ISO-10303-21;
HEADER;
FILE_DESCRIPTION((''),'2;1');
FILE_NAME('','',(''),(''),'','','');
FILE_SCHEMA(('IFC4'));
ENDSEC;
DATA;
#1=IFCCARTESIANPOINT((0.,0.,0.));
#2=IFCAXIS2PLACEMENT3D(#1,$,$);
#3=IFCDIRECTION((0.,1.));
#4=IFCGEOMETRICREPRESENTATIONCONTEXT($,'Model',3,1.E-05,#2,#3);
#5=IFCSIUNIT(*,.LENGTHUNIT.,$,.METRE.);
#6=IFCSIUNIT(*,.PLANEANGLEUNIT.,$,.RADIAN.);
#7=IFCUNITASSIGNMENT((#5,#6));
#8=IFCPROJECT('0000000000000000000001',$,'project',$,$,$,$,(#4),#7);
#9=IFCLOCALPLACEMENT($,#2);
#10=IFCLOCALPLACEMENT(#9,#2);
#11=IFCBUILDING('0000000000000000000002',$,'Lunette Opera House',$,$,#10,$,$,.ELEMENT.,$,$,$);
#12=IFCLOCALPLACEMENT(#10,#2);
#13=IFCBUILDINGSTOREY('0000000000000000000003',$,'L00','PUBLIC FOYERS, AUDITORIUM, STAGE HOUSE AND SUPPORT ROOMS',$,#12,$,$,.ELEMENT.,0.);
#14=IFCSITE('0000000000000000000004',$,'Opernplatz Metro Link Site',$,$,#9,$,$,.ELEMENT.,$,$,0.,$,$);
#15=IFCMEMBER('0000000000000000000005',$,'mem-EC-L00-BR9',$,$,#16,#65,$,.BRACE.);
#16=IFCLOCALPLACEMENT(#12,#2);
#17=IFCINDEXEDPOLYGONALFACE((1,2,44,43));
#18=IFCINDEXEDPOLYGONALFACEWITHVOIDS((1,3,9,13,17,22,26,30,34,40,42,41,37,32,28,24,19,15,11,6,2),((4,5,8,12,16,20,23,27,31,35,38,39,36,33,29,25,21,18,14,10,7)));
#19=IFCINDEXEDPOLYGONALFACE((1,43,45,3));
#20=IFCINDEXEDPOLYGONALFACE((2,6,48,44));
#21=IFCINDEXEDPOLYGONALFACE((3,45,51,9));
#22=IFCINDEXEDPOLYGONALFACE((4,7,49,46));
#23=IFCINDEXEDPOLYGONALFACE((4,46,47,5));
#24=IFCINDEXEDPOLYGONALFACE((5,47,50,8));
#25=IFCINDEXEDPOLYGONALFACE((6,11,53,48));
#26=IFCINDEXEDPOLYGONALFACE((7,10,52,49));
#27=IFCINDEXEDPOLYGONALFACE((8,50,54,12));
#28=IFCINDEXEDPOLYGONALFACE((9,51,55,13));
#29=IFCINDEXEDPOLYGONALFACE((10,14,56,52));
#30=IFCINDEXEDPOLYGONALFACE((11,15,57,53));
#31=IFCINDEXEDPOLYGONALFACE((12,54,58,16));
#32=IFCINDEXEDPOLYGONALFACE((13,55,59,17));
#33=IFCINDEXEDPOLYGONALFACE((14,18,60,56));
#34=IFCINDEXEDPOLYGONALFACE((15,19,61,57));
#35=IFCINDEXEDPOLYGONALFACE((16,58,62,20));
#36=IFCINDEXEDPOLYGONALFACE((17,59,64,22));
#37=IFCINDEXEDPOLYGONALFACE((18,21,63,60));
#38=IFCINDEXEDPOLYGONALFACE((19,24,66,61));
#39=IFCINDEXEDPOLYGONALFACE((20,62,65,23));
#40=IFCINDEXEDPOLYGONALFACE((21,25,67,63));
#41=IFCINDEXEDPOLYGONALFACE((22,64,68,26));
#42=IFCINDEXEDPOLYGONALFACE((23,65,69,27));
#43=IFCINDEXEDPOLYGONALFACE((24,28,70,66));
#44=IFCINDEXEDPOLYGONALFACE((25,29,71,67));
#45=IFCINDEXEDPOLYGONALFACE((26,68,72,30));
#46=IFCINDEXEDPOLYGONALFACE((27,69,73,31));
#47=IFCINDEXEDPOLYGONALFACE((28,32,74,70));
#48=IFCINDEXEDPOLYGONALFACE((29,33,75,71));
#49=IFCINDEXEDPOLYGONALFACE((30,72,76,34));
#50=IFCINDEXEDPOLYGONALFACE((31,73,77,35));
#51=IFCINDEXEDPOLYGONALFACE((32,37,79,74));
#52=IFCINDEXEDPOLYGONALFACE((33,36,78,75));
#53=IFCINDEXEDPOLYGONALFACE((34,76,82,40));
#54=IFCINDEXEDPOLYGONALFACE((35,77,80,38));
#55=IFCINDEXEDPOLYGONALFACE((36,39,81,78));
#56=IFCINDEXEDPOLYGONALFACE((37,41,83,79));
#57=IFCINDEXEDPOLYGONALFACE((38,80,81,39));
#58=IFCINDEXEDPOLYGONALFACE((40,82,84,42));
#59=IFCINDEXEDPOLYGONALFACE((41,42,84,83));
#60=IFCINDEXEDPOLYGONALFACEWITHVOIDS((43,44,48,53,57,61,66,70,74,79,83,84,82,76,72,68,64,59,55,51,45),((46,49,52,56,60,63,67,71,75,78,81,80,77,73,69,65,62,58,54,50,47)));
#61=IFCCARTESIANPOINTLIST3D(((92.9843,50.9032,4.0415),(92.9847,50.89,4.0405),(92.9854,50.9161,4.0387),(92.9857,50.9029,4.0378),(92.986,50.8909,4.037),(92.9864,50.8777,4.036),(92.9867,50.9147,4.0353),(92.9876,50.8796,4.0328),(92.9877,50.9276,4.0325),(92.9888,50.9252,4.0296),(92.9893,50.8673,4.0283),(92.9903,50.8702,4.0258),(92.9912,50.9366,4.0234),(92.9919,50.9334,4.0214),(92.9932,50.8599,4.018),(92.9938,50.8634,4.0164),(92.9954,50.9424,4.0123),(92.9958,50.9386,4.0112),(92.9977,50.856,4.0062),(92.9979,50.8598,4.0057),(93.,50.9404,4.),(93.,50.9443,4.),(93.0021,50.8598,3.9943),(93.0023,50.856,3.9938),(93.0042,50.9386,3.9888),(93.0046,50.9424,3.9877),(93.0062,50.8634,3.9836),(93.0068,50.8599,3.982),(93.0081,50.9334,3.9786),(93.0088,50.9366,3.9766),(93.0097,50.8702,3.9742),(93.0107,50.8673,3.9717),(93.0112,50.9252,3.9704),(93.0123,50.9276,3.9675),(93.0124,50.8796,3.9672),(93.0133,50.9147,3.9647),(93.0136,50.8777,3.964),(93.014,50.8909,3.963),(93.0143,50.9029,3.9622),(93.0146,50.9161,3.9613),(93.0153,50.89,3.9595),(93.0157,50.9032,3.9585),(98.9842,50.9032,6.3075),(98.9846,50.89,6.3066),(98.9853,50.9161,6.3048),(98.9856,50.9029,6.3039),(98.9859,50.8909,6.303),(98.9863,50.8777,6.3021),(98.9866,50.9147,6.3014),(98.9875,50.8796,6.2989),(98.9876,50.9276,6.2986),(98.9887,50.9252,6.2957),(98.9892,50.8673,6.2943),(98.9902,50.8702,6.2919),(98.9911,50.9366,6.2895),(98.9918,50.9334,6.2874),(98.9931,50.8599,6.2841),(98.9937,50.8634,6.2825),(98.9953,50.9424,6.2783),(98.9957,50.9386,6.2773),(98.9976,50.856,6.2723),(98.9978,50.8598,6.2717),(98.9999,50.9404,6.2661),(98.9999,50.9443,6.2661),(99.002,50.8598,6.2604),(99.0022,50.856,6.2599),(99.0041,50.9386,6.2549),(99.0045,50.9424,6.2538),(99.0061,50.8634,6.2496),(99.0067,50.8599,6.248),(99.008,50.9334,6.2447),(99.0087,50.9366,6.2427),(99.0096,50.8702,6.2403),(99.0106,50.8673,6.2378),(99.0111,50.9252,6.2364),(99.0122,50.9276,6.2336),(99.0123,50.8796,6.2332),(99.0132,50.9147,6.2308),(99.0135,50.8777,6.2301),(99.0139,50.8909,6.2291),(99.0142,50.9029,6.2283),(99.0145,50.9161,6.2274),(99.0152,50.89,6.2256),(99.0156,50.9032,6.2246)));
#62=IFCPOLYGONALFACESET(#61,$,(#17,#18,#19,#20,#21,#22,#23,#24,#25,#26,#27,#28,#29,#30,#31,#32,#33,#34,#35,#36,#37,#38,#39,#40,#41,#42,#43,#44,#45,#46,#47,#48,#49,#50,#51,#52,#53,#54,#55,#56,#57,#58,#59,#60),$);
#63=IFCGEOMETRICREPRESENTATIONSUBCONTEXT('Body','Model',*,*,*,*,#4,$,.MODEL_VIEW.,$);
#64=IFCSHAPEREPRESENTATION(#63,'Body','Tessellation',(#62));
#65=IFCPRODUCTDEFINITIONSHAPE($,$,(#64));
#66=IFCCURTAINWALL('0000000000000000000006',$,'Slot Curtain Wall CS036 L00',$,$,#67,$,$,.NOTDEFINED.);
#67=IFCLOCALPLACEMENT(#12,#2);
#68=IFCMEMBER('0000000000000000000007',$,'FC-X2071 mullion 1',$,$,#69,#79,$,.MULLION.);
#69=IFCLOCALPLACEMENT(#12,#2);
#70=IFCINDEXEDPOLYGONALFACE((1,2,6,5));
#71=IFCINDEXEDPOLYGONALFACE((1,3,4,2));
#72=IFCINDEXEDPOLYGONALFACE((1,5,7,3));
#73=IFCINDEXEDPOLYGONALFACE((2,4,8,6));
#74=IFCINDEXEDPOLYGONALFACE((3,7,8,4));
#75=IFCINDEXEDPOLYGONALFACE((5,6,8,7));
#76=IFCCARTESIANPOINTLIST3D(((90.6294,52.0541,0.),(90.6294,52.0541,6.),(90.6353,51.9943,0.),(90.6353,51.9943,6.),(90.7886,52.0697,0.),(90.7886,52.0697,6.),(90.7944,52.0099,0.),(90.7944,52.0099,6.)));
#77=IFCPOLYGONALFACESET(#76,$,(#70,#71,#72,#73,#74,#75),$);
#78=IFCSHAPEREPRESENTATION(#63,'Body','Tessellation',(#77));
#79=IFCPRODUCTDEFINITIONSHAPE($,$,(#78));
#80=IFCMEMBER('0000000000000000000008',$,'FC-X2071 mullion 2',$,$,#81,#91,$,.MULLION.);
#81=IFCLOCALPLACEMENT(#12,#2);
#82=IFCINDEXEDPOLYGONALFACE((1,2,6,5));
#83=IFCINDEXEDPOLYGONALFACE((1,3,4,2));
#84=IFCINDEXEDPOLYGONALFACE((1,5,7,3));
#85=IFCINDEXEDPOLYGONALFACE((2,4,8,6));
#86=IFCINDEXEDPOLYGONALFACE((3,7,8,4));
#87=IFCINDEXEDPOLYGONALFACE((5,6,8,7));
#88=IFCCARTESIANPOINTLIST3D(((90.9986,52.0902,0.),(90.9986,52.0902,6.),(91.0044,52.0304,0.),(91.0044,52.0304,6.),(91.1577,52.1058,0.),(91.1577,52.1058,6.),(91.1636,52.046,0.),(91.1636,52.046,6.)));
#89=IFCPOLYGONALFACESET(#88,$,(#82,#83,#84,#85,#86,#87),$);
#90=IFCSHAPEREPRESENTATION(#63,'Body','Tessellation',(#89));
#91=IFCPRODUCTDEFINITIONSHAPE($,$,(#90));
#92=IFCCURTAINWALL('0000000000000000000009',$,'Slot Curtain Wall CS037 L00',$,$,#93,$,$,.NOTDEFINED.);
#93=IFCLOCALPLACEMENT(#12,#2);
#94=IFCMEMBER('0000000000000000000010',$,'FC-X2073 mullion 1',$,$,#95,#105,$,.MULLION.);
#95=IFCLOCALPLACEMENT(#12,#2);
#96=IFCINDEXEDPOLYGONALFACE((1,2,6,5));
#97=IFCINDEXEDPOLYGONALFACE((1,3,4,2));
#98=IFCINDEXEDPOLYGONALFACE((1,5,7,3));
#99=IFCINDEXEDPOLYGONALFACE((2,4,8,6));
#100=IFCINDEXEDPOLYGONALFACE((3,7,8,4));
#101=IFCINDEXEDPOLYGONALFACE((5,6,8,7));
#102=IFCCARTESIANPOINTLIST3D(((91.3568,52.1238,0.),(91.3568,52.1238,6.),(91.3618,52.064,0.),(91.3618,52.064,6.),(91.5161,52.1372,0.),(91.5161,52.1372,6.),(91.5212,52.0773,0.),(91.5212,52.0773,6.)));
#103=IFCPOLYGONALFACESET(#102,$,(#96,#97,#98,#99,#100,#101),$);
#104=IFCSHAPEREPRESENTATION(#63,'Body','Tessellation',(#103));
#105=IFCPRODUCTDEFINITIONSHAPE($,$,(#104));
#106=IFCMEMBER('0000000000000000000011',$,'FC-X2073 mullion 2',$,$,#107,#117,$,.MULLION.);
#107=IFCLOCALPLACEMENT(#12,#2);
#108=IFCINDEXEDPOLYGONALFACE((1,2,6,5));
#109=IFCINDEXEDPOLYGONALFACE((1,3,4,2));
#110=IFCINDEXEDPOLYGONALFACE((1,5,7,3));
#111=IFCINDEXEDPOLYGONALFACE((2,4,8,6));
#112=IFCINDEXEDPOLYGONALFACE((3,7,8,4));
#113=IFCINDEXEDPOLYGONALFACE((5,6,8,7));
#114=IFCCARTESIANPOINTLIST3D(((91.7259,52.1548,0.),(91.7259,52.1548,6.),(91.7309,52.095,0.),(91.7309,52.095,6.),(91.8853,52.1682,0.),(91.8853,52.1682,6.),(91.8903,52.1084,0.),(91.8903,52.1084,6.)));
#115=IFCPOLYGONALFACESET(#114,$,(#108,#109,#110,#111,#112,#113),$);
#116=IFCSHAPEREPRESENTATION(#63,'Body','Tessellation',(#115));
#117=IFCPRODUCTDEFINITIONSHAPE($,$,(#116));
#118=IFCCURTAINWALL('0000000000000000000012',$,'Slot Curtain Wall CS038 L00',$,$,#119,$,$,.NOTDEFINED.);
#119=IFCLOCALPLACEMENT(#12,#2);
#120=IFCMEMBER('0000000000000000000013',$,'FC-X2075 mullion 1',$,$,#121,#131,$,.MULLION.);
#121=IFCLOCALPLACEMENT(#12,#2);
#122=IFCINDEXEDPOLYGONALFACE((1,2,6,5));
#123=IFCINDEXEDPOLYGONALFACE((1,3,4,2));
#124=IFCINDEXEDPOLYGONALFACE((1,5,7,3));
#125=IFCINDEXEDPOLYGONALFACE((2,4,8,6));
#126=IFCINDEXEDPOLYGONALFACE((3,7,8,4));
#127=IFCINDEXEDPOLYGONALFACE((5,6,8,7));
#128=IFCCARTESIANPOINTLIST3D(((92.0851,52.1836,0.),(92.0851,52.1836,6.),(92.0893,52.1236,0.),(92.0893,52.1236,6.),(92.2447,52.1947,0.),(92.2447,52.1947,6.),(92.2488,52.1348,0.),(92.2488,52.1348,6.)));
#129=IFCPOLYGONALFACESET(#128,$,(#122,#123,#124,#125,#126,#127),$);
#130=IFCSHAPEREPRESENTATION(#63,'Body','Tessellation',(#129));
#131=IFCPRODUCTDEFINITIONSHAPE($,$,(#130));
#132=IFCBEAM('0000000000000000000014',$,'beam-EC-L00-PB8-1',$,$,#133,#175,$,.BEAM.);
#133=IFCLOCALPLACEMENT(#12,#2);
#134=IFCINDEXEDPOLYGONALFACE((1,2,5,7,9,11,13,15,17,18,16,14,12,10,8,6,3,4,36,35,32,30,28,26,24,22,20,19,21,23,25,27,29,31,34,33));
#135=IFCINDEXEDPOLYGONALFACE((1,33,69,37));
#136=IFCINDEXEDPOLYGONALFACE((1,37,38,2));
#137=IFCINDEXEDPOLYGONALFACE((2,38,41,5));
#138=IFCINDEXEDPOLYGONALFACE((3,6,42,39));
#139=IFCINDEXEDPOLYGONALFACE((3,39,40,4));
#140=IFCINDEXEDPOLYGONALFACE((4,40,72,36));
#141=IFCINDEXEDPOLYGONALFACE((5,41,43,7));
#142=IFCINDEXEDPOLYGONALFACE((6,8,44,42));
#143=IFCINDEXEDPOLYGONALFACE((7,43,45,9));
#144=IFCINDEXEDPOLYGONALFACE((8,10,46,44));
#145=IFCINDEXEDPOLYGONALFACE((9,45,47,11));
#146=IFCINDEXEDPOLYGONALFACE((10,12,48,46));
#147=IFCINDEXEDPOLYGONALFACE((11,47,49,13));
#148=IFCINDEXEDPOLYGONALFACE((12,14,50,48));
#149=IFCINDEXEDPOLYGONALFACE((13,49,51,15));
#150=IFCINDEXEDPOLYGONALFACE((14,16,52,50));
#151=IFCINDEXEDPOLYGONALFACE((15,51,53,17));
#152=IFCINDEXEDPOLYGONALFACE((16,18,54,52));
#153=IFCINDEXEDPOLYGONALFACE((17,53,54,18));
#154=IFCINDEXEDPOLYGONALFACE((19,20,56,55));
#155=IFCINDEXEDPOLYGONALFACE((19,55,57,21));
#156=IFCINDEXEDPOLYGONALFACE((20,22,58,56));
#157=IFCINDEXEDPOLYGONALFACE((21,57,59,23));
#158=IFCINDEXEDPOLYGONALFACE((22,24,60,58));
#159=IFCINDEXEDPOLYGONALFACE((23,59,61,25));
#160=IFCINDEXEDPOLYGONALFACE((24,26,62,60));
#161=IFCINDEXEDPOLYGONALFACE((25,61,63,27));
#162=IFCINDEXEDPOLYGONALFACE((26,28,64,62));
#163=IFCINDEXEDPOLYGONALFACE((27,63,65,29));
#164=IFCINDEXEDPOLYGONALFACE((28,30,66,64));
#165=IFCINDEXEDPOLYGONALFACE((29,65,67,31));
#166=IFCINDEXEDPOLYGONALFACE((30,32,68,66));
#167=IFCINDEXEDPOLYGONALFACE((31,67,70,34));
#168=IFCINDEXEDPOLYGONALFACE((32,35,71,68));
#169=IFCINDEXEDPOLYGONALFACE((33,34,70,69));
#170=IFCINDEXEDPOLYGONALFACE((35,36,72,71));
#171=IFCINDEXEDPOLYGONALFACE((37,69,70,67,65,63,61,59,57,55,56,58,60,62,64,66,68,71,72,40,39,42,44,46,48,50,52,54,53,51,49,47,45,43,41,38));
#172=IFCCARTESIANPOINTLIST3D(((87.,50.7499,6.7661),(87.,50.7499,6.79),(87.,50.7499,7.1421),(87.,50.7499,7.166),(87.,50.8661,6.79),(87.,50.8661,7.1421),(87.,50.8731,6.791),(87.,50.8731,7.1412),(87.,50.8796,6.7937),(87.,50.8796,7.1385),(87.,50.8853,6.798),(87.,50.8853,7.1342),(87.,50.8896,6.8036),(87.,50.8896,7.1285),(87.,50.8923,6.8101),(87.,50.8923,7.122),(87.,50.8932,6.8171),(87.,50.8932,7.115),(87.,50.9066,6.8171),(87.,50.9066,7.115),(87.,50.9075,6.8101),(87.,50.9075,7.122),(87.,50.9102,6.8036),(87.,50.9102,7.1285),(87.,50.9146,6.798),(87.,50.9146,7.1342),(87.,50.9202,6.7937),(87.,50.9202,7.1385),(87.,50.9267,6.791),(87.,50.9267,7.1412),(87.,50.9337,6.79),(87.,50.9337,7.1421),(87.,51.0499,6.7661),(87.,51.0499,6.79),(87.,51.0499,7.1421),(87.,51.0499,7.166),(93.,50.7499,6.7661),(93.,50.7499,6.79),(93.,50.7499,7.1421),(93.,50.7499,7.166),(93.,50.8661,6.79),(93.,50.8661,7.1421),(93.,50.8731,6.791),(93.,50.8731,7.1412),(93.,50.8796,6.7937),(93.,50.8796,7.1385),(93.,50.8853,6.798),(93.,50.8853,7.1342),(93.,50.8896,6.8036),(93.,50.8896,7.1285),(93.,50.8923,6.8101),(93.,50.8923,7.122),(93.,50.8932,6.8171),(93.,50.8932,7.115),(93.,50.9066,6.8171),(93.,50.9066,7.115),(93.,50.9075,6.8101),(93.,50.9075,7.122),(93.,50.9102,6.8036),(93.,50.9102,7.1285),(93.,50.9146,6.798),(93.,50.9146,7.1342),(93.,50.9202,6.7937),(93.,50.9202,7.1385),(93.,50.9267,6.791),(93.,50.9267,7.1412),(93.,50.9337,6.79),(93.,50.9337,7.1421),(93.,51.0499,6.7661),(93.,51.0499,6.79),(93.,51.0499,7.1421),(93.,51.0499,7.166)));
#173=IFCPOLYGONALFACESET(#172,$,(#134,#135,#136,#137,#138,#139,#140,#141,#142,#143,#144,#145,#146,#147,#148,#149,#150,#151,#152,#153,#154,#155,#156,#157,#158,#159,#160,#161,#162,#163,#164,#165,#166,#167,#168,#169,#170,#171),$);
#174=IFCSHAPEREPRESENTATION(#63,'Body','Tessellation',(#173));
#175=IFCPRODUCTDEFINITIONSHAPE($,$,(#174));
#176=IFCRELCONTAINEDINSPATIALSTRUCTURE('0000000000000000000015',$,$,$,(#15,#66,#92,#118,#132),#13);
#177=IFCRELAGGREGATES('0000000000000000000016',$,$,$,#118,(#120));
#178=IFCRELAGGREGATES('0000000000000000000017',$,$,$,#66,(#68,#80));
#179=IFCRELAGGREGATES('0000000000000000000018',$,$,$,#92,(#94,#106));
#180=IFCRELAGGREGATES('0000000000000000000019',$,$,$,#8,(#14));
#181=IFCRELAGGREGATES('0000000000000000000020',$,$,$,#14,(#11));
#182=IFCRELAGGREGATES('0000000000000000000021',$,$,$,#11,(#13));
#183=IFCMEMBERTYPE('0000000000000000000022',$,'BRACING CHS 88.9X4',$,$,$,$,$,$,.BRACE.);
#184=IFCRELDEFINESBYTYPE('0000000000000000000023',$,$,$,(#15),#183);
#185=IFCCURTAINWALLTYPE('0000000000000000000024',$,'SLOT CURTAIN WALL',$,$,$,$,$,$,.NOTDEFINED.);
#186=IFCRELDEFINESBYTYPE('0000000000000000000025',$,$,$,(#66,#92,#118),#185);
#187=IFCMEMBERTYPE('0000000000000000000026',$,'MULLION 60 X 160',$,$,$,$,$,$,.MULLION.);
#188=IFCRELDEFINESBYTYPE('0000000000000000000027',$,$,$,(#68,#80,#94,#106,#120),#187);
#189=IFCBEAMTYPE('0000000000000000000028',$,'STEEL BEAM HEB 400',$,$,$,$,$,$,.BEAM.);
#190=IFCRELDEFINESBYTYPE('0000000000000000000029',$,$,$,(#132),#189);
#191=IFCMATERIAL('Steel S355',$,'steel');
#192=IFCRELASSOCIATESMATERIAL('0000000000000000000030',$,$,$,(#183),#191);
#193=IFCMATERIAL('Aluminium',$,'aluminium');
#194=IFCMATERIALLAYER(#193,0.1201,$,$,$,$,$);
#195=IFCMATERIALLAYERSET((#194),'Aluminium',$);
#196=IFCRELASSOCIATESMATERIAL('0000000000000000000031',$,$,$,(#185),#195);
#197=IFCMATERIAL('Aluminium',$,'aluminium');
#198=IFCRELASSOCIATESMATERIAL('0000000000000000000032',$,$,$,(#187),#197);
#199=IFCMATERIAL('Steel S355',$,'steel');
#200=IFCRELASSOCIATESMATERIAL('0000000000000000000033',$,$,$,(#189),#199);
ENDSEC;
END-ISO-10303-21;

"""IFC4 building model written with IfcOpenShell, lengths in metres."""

from ifc_helpers import new_model, si_unit, direction, frame, origin, origin_2d, place, context, subcontext, project, spatial, rectangle, hollow_circle, i_section, extrude, material, layer, layer_set, material_profile, profile_set, type_object, element, aggregate, save


model = new_model("IFC4")

# Units and contexts
model_context = context("Model", 3, precision=1e-05, world=origin(), true_north=direction((0.0, 1.0)))
body_context = subcontext(model_context, "Body", "Model", "MODEL_VIEW")
ifc_project = project(units=[si_unit("LENGTHUNIT", "METRE"), si_unit("PLANEANGLEUNIT", "RADIAN")], contexts=[model_context])

# Site, building, storey
site_placement = place(None, origin())
site = spatial("IfcSite", under=ifc_project, at=site_placement, Name="Opernplatz Metro Link Site", CompositionType="ELEMENT", RefElevation=0.0)
building_placement = place(site_placement, origin())
building = spatial("IfcBuilding", under=site, at=building_placement, Name="Lunette Opera House", CompositionType="ELEMENT")
storey_placement = place(building_placement, origin())
storey = spatial("IfcBuildingStorey", under=building, at=storey_placement, Name="L00", Description="PUBLIC FOYERS, AUDITORIUM, STAGE HOUSE AND SUPPORT ROOMS", CompositionType="ELEMENT", Elevation=0.0)

# Member
ifc_material_1 = material(Name="Steel S355", Category="steel")
ifc_material_profile_1 = material_profile(ifc_material_1, hollow_circle(Radius=0.0444, WallThickness=0.0039, at=origin_2d()), Name="CHS 88.9X4")
ifc_profile_set_1 = profile_set([ifc_material_profile_1], Name="Steel S355")
member_type_1 = type_object("IfcMemberType", Name="BRACING CHS 88.9X4", PredefinedType="BRACE", material=ifc_profile_set_1)
member_1_placement = place(storey_placement, frame((93.0, 50.8999, 4.0), z_axis=(0.935501, 0.0, 0.353325), x_axis=(0.0, 1.0, 0.0)))
element("IfcMember", 1, at=member_1_placement, inside=storey, type_object=member_type_1, Name="mem-EC-L00-BR9", PredefinedType="BRACE", context=body_context, shape_type="SweptSolid", body=[
    extrude(hollow_circle(Radius=0.0444, WallThickness=0.0039, at=origin_2d()), origin(), (0.0, 0.0, 1.0), 6.4136),
])

# Curtain walls, members
ifc_material_2 = material(Name="Aluminium", Category="aluminium")
ifc_layer_1 = layer(ifc_material_2, 0.1201)
ifc_layer_set_1 = layer_set([ifc_layer_1], Name="Aluminium")
curtain_wall_type = type_object("IfcCurtainWallType", Name="SLOT CURTAIN WALL", PredefinedType="NOTDEFINED", material=ifc_layer_set_1)
curtain_wall_1_placement = place(storey_placement, origin())
curtain_wall_1 = element("IfcCurtainWall", 2, at=curtain_wall_1_placement, inside=storey, type_object=curtain_wall_type, Name="Slot Curtain Wall CS036 L00", PredefinedType="NOTDEFINED")
ifc_material_3 = material(Name="Aluminium", Category="aluminium")
ifc_material_profile_2 = material_profile(ifc_material_3, rectangle(XDim=0.0601, YDim=0.1599, at=origin_2d()), Name="MULLION 60 X 160")
ifc_profile_set_2 = profile_set([ifc_material_profile_2], Name="Aluminium")
member_type_2 = type_object("IfcMemberType", Name="MULLION 60 X 160", PredefinedType="MULLION", material=ifc_profile_set_2)
member_2_placement = place(storey_placement, frame((90.7119, 52.032, 0.0), z_axis=(0.0, 0.0, 1.0), x_axis=(-0.097436, 0.995242, 0.0)))
member_2 = element("IfcMember", 3, at=member_2_placement, type_object=member_type_2, Name="FC-X2071 mullion 1", PredefinedType="MULLION", context=body_context, shape_type="SweptSolid", body=[
    extrude(rectangle(XDim=0.0601, YDim=0.1599, at=origin_2d()), origin(), (0.0, 0.0, 1.0), 6.0),
])
member_3_placement = place(storey_placement, frame((91.0811, 52.0681, 0.0), z_axis=(0.0, 0.0, 1.0), x_axis=(-0.097436, 0.995242, 0.0)))
member_3 = element("IfcMember", 4, at=member_3_placement, type_object=member_type_2, Name="FC-X2071 mullion 2", PredefinedType="MULLION", context=body_context, shape_type="SweptSolid", body=[
    extrude(rectangle(XDim=0.0601, YDim=0.1599, at=origin_2d()), origin(), (0.0, 0.0, 1.0), 6.0),
])
curtain_wall_2_placement = place(storey_placement, origin())
curtain_wall_2 = element("IfcCurtainWall", 5, at=curtain_wall_2_placement, inside=storey, type_object=curtain_wall_type, Name="Slot Curtain Wall CS037 L00", PredefinedType="NOTDEFINED")
member_4_placement = place(storey_placement, frame((91.439, 52.1006, 0.0), z_axis=(0.0, 0.0, 1.0), x_axis=(-0.083622, 0.996498, 0.0)))
member_4 = element("IfcMember", 6, at=member_4_placement, type_object=member_type_2, Name="FC-X2073 mullion 1", PredefinedType="MULLION", context=body_context, shape_type="SweptSolid", body=[
    extrude(rectangle(XDim=0.0601, YDim=0.1599, at=origin_2d()), origin(), (0.0, 0.0, 1.0), 6.0),
])
member_5_placement = place(storey_placement, frame((91.8081, 52.1316, 0.0), z_axis=(0.0, 0.0, 1.0), x_axis=(-0.083622, 0.996498, 0.0)))
member_5 = element("IfcMember", 7, at=member_5_placement, type_object=member_type_2, Name="FC-X2073 mullion 2", PredefinedType="MULLION", context=body_context, shape_type="SweptSolid", body=[
    extrude(rectangle(XDim=0.0601, YDim=0.1599, at=origin_2d()), origin(), (0.0, 0.0, 1.0), 6.0),
])

# Curtain wall, member
curtain_wall_3_placement = place(storey_placement, origin())
curtain_wall_3 = element("IfcCurtainWall", 8, at=curtain_wall_3_placement, inside=storey, type_object=curtain_wall_type, Name="Slot Curtain Wall CS038 L00", PredefinedType="NOTDEFINED")
member_6_placement = place(storey_placement, frame((92.167, 52.1592, 0.0), z_axis=(0.0, 0.0, 1.0), x_axis=(-0.06976, 0.997564, 0.0)))
member_6 = element("IfcMember", 9, at=member_6_placement, type_object=member_type_2, Name="FC-X2075 mullion 1", PredefinedType="MULLION", context=body_context, shape_type="SweptSolid", body=[
    extrude(rectangle(XDim=0.0601, YDim=0.1599, at=origin_2d()), origin(), (0.0, 0.0, 1.0), 6.0),
])

# Beam
ifc_material_4 = material(Name="Steel S355", Category="steel")
ifc_material_profile_3 = material_profile(ifc_material_4, i_section(OverallWidth=0.3, OverallDepth=0.3999, WebThickness=0.0134, FlangeThickness=0.0239, FilletRadius=0.0271, at=origin_2d()), Name="HEB 400")
ifc_profile_set_3 = profile_set([ifc_material_profile_3], Name="Steel S355")
beam_type = type_object("IfcBeamType", Name="STEEL BEAM HEB 400", PredefinedType="BEAM", material=ifc_profile_set_3)
for number, where, z_axis, x_axis, name in (
    (10, (87.0, 50.8999, 6.9661), (1.0, 0.0, 0.0), (0.0, 1.0, 0.0), "beam-EC-L00-PB8-1"),
):
    element("IfcBeam", number, at=place(storey_placement, frame(where, z_axis=z_axis, x_axis=x_axis)), inside=storey, type_object=beam_type, Name=name, PredefinedType="BEAM", context=body_context, shape_type="SweptSolid", body=[
        extrude(i_section(OverallWidth=0.3, OverallDepth=0.3999, WebThickness=0.0134, FlangeThickness=0.0239, FilletRadius=0.0271, at=origin_2d()), origin(), (0.0, 0.0, 1.0), 6.0),
    ])

aggregate(curtain_wall_3, [member_6])

aggregate(curtain_wall_1, [member_2, member_3])
aggregate(curtain_wall_2, [member_4, member_5])

save(model, "model.ifc")
